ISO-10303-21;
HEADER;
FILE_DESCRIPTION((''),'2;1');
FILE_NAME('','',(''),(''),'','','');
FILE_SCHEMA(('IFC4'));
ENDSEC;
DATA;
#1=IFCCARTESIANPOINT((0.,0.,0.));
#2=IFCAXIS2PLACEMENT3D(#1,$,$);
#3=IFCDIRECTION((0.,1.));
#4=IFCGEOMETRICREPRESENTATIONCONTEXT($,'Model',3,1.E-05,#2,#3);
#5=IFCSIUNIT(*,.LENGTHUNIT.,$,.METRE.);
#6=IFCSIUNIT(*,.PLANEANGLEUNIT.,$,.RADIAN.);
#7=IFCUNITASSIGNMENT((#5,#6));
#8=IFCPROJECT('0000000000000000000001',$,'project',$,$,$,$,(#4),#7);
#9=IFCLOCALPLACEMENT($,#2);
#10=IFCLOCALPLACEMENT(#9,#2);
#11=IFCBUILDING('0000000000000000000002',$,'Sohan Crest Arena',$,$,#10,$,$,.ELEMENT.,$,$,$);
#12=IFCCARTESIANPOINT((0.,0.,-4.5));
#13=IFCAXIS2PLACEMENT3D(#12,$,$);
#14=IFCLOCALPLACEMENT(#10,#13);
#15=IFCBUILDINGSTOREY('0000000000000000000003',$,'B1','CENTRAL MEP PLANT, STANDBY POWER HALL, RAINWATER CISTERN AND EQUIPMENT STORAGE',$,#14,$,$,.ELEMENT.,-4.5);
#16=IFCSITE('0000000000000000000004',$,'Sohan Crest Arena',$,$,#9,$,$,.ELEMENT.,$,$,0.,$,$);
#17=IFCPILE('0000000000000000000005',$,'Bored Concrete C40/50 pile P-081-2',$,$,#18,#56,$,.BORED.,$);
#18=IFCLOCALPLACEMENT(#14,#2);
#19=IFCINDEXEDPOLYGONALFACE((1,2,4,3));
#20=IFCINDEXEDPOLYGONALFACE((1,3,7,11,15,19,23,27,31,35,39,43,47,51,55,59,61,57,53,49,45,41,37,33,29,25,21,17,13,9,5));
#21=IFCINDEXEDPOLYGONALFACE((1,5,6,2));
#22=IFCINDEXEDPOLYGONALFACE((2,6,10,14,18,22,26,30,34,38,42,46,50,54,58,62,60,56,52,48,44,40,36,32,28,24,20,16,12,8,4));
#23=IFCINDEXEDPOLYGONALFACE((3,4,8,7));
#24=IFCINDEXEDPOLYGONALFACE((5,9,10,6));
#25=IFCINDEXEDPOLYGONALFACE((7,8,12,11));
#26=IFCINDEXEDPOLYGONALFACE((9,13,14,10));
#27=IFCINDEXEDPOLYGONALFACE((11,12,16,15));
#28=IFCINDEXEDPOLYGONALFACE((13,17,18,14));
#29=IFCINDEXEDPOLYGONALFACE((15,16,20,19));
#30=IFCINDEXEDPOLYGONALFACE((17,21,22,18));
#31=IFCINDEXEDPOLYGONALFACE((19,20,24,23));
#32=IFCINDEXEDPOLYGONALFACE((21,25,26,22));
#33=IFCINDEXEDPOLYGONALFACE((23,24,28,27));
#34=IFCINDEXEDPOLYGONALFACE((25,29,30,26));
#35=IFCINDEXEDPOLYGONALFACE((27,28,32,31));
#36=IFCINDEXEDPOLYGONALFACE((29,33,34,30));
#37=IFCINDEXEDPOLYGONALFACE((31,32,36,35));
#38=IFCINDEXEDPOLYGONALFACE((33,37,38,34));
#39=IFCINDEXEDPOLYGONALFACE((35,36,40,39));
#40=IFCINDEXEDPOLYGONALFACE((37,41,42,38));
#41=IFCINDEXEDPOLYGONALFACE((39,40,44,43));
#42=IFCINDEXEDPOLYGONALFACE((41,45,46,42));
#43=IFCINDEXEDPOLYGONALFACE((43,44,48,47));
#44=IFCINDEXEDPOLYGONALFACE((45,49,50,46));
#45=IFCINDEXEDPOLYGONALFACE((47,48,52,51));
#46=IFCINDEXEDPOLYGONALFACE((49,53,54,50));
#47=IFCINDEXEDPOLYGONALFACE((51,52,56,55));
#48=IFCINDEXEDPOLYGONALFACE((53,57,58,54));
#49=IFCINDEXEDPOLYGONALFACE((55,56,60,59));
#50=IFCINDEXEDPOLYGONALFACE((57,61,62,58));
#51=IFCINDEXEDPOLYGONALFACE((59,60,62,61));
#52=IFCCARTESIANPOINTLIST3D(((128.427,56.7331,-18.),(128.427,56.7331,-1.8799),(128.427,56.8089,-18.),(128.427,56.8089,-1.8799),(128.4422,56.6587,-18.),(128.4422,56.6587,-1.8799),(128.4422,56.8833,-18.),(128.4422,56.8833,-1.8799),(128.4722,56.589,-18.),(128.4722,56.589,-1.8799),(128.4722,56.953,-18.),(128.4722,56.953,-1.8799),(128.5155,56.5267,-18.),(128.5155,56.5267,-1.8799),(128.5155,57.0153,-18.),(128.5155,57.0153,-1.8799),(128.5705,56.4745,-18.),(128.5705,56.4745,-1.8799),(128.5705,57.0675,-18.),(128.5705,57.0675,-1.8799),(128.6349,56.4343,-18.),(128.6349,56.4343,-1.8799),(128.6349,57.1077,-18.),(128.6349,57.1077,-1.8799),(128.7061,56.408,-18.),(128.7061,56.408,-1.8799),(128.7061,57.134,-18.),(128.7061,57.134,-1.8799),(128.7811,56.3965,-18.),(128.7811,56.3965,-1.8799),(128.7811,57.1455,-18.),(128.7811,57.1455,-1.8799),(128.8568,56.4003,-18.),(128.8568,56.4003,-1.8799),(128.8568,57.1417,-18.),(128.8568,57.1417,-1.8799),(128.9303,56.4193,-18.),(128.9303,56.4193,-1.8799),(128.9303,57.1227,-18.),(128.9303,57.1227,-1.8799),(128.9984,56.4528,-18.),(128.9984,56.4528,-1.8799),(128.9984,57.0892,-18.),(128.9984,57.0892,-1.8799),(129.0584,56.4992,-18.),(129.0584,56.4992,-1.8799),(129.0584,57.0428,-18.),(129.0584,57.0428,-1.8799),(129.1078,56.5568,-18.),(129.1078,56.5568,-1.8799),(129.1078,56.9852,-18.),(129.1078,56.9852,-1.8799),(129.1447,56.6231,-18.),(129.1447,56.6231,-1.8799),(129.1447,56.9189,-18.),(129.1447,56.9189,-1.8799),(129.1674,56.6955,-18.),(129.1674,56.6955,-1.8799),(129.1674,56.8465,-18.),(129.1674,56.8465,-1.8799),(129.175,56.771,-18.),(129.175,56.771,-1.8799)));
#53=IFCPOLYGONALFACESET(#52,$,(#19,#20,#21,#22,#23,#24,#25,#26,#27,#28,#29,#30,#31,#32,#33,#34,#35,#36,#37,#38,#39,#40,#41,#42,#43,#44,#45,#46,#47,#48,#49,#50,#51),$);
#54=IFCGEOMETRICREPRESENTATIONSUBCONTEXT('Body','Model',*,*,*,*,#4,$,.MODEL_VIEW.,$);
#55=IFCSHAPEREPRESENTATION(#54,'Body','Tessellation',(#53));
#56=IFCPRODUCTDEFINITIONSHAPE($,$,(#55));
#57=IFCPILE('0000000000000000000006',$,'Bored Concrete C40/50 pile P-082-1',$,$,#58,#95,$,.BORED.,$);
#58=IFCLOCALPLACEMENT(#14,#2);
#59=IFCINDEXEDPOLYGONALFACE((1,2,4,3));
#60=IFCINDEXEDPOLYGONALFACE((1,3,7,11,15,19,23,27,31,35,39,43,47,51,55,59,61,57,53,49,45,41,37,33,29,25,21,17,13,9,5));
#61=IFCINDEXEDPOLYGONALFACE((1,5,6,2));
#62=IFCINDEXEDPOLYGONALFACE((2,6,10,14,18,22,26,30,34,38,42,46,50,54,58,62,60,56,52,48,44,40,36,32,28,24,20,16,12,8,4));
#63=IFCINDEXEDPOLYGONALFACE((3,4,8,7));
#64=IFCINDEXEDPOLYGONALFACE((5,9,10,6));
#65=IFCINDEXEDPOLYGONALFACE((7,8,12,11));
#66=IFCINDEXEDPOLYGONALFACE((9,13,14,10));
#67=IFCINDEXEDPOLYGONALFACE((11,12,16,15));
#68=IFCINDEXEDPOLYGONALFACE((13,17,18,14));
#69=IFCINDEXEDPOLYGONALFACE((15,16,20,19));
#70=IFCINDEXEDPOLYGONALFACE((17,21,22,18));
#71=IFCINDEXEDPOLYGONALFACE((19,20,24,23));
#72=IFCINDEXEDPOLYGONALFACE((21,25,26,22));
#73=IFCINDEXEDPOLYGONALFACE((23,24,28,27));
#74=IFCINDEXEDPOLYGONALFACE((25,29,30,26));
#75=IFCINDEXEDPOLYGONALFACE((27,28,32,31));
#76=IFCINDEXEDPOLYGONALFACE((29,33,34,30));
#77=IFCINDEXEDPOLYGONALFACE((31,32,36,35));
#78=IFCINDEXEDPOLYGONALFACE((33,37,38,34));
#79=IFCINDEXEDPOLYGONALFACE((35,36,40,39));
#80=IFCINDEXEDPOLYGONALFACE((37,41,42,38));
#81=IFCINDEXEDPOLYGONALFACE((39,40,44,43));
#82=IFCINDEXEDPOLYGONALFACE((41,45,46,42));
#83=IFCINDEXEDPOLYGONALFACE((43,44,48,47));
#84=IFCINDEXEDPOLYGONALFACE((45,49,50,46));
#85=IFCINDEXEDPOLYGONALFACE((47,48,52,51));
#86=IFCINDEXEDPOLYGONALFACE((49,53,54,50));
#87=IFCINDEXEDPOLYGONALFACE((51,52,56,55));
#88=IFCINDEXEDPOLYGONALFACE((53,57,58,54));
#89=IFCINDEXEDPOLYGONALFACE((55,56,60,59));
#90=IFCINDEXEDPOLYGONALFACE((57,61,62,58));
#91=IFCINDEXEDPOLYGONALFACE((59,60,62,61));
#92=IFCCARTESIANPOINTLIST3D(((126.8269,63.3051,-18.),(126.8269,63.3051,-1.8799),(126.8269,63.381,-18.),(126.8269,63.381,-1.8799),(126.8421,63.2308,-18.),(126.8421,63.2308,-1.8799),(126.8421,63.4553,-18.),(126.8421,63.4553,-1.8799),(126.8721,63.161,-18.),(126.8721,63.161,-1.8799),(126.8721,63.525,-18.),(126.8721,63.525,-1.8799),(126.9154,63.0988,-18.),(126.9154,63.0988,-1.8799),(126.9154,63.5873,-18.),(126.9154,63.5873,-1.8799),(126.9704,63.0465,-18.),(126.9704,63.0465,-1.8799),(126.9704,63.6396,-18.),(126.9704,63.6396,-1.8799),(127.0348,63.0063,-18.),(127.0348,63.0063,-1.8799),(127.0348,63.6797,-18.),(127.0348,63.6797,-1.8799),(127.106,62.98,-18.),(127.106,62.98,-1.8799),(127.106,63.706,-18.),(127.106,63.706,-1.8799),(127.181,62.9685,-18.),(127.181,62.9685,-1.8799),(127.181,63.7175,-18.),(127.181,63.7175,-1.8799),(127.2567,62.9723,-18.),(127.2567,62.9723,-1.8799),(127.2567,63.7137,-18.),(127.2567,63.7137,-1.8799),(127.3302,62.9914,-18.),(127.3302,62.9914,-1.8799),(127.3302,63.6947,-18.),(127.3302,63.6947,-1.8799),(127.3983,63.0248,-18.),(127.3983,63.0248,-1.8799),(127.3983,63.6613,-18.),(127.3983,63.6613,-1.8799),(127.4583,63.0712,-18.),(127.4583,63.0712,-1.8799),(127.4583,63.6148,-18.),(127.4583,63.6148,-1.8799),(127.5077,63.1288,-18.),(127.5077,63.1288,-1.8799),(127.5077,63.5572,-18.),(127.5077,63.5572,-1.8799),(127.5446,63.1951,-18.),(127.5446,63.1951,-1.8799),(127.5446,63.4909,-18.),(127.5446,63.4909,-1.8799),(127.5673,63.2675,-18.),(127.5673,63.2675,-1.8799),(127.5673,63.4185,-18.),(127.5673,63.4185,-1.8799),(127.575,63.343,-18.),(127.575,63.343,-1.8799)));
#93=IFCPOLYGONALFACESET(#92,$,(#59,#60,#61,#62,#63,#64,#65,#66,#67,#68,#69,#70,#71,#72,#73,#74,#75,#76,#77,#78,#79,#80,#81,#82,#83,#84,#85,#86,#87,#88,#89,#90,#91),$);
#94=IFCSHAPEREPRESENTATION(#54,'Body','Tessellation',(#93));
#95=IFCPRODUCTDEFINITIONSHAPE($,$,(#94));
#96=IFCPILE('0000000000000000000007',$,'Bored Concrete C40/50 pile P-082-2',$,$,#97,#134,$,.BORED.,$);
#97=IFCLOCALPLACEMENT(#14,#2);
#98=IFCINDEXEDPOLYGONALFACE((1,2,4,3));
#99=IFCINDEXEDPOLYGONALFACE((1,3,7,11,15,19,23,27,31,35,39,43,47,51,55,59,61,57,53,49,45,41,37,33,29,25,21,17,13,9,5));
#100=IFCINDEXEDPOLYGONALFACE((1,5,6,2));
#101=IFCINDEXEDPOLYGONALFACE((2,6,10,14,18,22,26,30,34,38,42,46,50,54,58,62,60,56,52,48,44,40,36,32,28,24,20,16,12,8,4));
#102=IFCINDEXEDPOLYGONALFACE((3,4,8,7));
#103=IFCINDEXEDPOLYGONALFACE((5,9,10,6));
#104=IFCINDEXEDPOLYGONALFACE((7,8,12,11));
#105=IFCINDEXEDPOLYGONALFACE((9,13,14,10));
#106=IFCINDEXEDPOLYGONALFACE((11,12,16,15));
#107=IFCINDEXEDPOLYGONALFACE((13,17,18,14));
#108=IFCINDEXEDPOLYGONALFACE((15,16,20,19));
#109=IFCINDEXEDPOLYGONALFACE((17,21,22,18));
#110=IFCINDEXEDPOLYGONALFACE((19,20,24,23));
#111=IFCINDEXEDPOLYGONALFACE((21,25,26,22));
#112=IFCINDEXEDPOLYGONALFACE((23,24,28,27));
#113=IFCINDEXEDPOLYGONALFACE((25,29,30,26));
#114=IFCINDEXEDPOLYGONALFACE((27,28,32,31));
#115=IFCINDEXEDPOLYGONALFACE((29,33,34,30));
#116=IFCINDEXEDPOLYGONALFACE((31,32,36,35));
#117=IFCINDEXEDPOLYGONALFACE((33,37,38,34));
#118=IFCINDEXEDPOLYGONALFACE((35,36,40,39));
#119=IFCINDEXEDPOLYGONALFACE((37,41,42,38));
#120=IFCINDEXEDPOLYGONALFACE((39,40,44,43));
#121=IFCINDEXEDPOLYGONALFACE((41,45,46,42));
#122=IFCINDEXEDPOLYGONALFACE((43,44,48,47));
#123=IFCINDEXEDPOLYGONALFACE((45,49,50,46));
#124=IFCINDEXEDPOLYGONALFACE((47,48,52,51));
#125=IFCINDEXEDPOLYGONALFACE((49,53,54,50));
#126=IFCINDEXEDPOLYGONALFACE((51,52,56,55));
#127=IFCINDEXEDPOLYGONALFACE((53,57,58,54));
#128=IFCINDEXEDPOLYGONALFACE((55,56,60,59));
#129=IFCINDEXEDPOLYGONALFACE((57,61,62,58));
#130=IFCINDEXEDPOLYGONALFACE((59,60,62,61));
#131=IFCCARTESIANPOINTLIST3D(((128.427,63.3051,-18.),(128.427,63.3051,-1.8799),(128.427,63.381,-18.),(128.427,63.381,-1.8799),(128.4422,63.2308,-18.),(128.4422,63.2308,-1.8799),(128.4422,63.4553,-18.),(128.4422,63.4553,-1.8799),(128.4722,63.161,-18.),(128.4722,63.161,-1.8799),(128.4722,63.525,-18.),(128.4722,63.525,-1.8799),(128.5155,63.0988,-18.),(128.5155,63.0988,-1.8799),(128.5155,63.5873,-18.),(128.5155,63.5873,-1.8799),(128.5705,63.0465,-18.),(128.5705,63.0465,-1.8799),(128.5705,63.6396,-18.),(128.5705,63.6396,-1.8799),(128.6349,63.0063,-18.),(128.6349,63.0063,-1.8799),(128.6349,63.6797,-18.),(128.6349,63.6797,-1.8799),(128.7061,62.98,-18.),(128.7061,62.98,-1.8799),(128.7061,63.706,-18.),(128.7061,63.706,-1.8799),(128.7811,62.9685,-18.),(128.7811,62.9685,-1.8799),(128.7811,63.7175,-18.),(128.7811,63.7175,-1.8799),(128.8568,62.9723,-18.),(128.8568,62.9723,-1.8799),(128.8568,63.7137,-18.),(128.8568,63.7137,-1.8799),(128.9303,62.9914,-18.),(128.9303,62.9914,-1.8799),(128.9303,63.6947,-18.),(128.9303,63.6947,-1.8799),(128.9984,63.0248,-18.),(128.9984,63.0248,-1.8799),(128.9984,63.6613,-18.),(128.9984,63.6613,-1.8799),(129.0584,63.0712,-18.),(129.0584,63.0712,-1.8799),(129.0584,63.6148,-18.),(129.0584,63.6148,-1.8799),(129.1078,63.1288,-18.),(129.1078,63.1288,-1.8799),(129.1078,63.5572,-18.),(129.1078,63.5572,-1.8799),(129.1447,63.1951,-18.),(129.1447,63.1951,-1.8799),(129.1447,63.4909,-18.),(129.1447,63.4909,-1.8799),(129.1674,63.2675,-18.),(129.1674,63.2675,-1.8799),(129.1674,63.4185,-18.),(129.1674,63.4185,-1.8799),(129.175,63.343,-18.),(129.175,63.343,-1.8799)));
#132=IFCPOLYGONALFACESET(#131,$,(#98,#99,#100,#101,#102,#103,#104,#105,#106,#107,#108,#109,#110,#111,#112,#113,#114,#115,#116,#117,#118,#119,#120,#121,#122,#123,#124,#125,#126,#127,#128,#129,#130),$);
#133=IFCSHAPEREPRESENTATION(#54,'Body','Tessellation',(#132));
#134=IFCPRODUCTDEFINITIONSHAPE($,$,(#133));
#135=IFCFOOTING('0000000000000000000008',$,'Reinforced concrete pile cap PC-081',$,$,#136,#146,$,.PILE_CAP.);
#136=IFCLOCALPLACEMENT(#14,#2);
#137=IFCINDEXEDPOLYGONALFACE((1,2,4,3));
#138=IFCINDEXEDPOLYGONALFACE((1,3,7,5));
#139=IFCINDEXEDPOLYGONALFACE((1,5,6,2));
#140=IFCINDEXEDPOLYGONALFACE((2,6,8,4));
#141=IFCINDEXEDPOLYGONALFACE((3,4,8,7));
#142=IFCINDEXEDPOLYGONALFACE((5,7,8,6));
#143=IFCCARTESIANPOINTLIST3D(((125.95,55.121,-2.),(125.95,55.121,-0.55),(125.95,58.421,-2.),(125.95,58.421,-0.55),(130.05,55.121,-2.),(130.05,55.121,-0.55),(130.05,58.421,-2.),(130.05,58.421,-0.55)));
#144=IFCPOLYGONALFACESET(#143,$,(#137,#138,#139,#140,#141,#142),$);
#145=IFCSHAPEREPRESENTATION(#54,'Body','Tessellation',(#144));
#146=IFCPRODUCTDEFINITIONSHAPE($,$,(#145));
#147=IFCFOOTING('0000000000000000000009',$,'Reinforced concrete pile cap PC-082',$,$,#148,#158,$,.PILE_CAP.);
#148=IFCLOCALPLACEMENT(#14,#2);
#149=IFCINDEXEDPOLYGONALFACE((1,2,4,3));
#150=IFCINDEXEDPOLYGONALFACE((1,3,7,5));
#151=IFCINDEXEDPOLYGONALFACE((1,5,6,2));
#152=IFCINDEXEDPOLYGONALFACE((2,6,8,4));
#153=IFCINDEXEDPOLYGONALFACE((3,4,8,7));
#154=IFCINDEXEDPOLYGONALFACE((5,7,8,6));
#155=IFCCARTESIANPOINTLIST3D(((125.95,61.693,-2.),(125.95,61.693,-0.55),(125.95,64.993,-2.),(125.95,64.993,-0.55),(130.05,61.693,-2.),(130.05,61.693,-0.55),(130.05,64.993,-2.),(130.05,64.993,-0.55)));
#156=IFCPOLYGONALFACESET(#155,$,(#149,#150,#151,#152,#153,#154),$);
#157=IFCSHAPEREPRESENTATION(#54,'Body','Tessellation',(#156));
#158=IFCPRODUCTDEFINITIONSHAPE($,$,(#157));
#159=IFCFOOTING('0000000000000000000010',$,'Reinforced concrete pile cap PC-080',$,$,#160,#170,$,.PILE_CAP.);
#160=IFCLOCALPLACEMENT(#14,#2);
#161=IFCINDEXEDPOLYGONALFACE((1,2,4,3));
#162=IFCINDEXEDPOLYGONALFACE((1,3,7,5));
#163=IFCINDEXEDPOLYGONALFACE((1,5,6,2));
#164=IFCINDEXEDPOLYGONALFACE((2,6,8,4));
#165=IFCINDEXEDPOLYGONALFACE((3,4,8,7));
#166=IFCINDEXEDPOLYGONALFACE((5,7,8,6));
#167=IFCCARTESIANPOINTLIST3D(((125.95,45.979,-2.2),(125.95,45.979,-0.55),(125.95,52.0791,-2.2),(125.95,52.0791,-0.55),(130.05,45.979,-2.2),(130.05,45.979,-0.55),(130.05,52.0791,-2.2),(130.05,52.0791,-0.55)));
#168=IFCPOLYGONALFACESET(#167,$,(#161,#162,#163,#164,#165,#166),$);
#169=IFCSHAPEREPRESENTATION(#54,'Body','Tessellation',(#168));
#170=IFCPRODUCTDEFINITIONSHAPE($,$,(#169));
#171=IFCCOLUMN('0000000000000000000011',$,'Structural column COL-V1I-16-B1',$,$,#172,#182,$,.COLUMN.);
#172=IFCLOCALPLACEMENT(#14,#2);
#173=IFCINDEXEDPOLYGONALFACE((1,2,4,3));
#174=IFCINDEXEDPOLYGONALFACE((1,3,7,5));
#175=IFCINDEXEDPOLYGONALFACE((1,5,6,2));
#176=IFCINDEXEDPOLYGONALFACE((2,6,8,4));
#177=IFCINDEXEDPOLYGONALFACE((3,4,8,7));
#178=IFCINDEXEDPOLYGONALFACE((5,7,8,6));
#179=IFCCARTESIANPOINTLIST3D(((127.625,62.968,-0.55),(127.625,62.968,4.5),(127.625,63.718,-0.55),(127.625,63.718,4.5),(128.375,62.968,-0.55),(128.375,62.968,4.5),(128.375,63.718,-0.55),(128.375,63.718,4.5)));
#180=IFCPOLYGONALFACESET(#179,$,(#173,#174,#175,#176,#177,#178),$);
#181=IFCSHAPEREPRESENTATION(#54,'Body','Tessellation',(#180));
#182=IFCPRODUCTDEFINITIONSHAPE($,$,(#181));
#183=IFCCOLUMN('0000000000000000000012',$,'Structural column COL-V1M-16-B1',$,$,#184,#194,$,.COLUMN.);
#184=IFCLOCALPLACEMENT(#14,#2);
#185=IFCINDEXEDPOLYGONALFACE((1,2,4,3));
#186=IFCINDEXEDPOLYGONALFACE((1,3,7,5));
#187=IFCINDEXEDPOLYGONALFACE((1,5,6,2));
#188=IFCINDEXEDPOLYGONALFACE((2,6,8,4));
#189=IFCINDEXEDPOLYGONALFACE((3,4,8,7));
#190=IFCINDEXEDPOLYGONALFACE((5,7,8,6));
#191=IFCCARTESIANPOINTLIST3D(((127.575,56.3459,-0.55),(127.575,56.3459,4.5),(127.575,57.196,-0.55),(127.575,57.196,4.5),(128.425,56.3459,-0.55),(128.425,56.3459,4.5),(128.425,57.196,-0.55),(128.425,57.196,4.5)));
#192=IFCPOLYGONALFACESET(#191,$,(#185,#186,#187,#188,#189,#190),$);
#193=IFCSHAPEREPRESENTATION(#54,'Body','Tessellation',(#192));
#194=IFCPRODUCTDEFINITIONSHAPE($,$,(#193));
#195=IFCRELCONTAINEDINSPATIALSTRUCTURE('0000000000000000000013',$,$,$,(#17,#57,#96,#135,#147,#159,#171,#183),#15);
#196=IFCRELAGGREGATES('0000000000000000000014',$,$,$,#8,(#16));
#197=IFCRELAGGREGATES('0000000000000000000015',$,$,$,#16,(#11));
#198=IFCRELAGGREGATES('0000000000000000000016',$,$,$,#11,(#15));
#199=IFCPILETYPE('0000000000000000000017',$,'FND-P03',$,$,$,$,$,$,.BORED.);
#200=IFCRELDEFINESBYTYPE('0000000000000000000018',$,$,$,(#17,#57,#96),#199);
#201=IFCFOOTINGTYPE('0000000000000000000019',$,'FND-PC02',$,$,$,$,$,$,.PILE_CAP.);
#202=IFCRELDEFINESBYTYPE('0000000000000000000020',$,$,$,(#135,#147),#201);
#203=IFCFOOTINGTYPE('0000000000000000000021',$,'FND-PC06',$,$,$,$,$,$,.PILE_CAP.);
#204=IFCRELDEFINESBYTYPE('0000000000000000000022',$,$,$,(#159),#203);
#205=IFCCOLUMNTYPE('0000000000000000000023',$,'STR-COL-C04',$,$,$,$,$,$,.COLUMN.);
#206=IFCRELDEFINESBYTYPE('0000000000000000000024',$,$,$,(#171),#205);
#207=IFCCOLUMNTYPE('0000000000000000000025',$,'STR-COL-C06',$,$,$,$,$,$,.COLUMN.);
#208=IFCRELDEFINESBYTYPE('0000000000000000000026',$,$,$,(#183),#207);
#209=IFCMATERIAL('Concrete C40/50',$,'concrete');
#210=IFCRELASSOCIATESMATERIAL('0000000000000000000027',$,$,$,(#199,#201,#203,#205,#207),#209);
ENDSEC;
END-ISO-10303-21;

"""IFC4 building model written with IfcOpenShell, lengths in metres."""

from ifc_helpers import new_model, si_unit, direction, frame, origin, origin_2d, place, context, subcontext, project, spatial, rectangle, circle, extrude, material, material_profile, profile_set, type_object, element, save


model = new_model("IFC4")

# Units and contexts
model_context = context("Model", 3, precision=1e-05, world=origin(), true_north=direction((0.0, 1.0)))
body_context = subcontext(model_context, "Body", "Model", "MODEL_VIEW")
ifc_project = project(units=[si_unit("LENGTHUNIT", "METRE"), si_unit("PLANEANGLEUNIT", "RADIAN")], contexts=[model_context])

# Site, building, storey
site_placement = place(None, origin())
site = spatial("IfcSite", under=ifc_project, at=site_placement, Name="Sohan Crest Arena", CompositionType="ELEMENT", RefElevation=0.0)
building_placement = place(site_placement, origin())
building = spatial("IfcBuilding", under=site, at=building_placement, Name="Sohan Crest Arena", CompositionType="ELEMENT")
storey_placement = place(building_placement, frame((0.0, 0.0, -4.5)))
storey = spatial("IfcBuildingStorey", under=building, at=storey_placement, Name="B1", Description="CENTRAL MEP PLANT, STANDBY POWER HALL, RAINWATER CISTERN AND EQUIPMENT STORAGE", CompositionType="ELEMENT", Elevation=-4.5)

# Shared definitions
ifc_material_1 = material(Name="Concrete C40/50", Category="concrete")

# Piles
ifc_material_profile_1 = material_profile(ifc_material_1, circle(Radius=0.375, at=origin_2d()), Name="PILE D750")
ifc_profile_set_1 = profile_set([ifc_material_profile_1], Name="Concrete C40/50")
pile_type_1 = type_object("IfcPileType", Name="FND-P03", PredefinedType="BORED", material=ifc_profile_set_1)
for number, where, z_axis, x_axis, name in (
    (1, (128.8, 56.771, -18.0), (0.0, 0.0, 1.0), (1.0, 0.0, 0.0), "Bored Concrete C40/50 pile P-081-2"),
    (2, (127.2, 63.343, -18.0), (0.0, 0.0, 1.0), (1.0, 0.0, 0.0), "Bored Concrete C40/50 pile P-082-1"),
    (3, (128.8, 63.343, -18.0), (0.0, 0.0, 1.0), (1.0, 0.0, 0.0), "Bored Concrete C40/50 pile P-082-2"),
):
    element("IfcPile", number, at=place(storey_placement, frame(where, z_axis=z_axis, x_axis=x_axis)), inside=storey, type_object=pile_type_1, Name=name, PredefinedType="BORED", context=body_context, shape_type="SweptSolid", body=[
        extrude(circle(Radius=0.375, at=origin_2d()), origin(), (0.0, 0.0, 1.0), 16.1201),
    ])

# Footings
footing_type_1 = type_object("IfcFootingType", Name="FND-PC02", PredefinedType="PILE_CAP", material=ifc_material_1)
for number, where, z_axis, x_axis, name in (
    (4, (128.0, 56.771, -2.0), (0.0, 0.0, 1.0), (1.0, 0.0, 0.0), "Reinforced concrete pile cap PC-081"),
    (5, (128.0, 63.343, -2.0), (0.0, 0.0, 1.0), (1.0, 0.0, 0.0), "Reinforced concrete pile cap PC-082"),
):
    element("IfcFooting", number, at=place(storey_placement, frame(where, z_axis=z_axis, x_axis=x_axis)), inside=storey, type_object=footing_type_1, Name=name, PredefinedType="PILE_CAP", context=body_context, shape_type="SweptSolid", body=[
        extrude(rectangle(XDim=4.1001, YDim=3.3, at=origin_2d()), origin(), (0.0, 0.0, 1.0), 1.45),
    ])
footing_type_2 = type_object("IfcFootingType", Name="FND-PC06", PredefinedType="PILE_CAP", material=ifc_material_1)
footing_1_placement = place(storey_placement, frame((128.0, 49.0291, -2.2), z_axis=(0.0, 0.0, 1.0), x_axis=(0.0, 1.0, 0.0)))
element("IfcFooting", 6, at=footing_1_placement, inside=storey, type_object=footing_type_2, Name="Reinforced concrete pile cap PC-080", PredefinedType="PILE_CAP", context=body_context, shape_type="SweptSolid", body=[
    extrude(rectangle(XDim=6.1001, YDim=4.1001, at=origin_2d()), origin(), (0.0, 0.0, 1.0), 1.6499),
])

# Columns
ifc_material_profile_2 = material_profile(ifc_material_1, rectangle(XDim=0.75, YDim=0.75, at=origin_2d()), Name="RC 750x750")
ifc_profile_set_2 = profile_set([ifc_material_profile_2], Name="Concrete C40/50")
column_type_1 = type_object("IfcColumnType", Name="STR-COL-C04", PredefinedType="COLUMN", material=ifc_profile_set_2)
column_1_placement = place(storey_placement, frame((128.0, 63.343, -0.55), z_axis=(0.0, 0.0, 1.0), x_axis=(1.0, 0.0, 0.0)))
element("IfcColumn", 7, at=column_1_placement, inside=storey, type_object=column_type_1, Name="Structural column COL-V1I-16-B1", PredefinedType="COLUMN", context=body_context, shape_type="SweptSolid", body=[
    extrude(rectangle(XDim=0.75, YDim=0.75, at=origin_2d()), origin(), (0.0, 0.0, 1.0), 5.05),
])
ifc_material_profile_3 = material_profile(ifc_material_1, rectangle(XDim=0.8501, YDim=0.8501, at=origin_2d()), Name="RC 850x850")
ifc_profile_set_3 = profile_set([ifc_material_profile_3], Name="Concrete C40/50")
column_type_2 = type_object("IfcColumnType", Name="STR-COL-C06", PredefinedType="COLUMN", material=ifc_profile_set_3)
column_2_placement = place(storey_placement, frame((128.0, 56.771, -0.55), z_axis=(0.0, 0.0, 1.0), x_axis=(1.0, 0.0, 0.0)))
element("IfcColumn", 8, at=column_2_placement, inside=storey, type_object=column_type_2, Name="Structural column COL-V1M-16-B1", PredefinedType="COLUMN", context=body_context, shape_type="SweptSolid", body=[
    extrude(rectangle(XDim=0.8501, YDim=0.8501, at=origin_2d()), origin(), (0.0, 0.0, 1.0), 5.05),
])

save(model, "model.ifc")
